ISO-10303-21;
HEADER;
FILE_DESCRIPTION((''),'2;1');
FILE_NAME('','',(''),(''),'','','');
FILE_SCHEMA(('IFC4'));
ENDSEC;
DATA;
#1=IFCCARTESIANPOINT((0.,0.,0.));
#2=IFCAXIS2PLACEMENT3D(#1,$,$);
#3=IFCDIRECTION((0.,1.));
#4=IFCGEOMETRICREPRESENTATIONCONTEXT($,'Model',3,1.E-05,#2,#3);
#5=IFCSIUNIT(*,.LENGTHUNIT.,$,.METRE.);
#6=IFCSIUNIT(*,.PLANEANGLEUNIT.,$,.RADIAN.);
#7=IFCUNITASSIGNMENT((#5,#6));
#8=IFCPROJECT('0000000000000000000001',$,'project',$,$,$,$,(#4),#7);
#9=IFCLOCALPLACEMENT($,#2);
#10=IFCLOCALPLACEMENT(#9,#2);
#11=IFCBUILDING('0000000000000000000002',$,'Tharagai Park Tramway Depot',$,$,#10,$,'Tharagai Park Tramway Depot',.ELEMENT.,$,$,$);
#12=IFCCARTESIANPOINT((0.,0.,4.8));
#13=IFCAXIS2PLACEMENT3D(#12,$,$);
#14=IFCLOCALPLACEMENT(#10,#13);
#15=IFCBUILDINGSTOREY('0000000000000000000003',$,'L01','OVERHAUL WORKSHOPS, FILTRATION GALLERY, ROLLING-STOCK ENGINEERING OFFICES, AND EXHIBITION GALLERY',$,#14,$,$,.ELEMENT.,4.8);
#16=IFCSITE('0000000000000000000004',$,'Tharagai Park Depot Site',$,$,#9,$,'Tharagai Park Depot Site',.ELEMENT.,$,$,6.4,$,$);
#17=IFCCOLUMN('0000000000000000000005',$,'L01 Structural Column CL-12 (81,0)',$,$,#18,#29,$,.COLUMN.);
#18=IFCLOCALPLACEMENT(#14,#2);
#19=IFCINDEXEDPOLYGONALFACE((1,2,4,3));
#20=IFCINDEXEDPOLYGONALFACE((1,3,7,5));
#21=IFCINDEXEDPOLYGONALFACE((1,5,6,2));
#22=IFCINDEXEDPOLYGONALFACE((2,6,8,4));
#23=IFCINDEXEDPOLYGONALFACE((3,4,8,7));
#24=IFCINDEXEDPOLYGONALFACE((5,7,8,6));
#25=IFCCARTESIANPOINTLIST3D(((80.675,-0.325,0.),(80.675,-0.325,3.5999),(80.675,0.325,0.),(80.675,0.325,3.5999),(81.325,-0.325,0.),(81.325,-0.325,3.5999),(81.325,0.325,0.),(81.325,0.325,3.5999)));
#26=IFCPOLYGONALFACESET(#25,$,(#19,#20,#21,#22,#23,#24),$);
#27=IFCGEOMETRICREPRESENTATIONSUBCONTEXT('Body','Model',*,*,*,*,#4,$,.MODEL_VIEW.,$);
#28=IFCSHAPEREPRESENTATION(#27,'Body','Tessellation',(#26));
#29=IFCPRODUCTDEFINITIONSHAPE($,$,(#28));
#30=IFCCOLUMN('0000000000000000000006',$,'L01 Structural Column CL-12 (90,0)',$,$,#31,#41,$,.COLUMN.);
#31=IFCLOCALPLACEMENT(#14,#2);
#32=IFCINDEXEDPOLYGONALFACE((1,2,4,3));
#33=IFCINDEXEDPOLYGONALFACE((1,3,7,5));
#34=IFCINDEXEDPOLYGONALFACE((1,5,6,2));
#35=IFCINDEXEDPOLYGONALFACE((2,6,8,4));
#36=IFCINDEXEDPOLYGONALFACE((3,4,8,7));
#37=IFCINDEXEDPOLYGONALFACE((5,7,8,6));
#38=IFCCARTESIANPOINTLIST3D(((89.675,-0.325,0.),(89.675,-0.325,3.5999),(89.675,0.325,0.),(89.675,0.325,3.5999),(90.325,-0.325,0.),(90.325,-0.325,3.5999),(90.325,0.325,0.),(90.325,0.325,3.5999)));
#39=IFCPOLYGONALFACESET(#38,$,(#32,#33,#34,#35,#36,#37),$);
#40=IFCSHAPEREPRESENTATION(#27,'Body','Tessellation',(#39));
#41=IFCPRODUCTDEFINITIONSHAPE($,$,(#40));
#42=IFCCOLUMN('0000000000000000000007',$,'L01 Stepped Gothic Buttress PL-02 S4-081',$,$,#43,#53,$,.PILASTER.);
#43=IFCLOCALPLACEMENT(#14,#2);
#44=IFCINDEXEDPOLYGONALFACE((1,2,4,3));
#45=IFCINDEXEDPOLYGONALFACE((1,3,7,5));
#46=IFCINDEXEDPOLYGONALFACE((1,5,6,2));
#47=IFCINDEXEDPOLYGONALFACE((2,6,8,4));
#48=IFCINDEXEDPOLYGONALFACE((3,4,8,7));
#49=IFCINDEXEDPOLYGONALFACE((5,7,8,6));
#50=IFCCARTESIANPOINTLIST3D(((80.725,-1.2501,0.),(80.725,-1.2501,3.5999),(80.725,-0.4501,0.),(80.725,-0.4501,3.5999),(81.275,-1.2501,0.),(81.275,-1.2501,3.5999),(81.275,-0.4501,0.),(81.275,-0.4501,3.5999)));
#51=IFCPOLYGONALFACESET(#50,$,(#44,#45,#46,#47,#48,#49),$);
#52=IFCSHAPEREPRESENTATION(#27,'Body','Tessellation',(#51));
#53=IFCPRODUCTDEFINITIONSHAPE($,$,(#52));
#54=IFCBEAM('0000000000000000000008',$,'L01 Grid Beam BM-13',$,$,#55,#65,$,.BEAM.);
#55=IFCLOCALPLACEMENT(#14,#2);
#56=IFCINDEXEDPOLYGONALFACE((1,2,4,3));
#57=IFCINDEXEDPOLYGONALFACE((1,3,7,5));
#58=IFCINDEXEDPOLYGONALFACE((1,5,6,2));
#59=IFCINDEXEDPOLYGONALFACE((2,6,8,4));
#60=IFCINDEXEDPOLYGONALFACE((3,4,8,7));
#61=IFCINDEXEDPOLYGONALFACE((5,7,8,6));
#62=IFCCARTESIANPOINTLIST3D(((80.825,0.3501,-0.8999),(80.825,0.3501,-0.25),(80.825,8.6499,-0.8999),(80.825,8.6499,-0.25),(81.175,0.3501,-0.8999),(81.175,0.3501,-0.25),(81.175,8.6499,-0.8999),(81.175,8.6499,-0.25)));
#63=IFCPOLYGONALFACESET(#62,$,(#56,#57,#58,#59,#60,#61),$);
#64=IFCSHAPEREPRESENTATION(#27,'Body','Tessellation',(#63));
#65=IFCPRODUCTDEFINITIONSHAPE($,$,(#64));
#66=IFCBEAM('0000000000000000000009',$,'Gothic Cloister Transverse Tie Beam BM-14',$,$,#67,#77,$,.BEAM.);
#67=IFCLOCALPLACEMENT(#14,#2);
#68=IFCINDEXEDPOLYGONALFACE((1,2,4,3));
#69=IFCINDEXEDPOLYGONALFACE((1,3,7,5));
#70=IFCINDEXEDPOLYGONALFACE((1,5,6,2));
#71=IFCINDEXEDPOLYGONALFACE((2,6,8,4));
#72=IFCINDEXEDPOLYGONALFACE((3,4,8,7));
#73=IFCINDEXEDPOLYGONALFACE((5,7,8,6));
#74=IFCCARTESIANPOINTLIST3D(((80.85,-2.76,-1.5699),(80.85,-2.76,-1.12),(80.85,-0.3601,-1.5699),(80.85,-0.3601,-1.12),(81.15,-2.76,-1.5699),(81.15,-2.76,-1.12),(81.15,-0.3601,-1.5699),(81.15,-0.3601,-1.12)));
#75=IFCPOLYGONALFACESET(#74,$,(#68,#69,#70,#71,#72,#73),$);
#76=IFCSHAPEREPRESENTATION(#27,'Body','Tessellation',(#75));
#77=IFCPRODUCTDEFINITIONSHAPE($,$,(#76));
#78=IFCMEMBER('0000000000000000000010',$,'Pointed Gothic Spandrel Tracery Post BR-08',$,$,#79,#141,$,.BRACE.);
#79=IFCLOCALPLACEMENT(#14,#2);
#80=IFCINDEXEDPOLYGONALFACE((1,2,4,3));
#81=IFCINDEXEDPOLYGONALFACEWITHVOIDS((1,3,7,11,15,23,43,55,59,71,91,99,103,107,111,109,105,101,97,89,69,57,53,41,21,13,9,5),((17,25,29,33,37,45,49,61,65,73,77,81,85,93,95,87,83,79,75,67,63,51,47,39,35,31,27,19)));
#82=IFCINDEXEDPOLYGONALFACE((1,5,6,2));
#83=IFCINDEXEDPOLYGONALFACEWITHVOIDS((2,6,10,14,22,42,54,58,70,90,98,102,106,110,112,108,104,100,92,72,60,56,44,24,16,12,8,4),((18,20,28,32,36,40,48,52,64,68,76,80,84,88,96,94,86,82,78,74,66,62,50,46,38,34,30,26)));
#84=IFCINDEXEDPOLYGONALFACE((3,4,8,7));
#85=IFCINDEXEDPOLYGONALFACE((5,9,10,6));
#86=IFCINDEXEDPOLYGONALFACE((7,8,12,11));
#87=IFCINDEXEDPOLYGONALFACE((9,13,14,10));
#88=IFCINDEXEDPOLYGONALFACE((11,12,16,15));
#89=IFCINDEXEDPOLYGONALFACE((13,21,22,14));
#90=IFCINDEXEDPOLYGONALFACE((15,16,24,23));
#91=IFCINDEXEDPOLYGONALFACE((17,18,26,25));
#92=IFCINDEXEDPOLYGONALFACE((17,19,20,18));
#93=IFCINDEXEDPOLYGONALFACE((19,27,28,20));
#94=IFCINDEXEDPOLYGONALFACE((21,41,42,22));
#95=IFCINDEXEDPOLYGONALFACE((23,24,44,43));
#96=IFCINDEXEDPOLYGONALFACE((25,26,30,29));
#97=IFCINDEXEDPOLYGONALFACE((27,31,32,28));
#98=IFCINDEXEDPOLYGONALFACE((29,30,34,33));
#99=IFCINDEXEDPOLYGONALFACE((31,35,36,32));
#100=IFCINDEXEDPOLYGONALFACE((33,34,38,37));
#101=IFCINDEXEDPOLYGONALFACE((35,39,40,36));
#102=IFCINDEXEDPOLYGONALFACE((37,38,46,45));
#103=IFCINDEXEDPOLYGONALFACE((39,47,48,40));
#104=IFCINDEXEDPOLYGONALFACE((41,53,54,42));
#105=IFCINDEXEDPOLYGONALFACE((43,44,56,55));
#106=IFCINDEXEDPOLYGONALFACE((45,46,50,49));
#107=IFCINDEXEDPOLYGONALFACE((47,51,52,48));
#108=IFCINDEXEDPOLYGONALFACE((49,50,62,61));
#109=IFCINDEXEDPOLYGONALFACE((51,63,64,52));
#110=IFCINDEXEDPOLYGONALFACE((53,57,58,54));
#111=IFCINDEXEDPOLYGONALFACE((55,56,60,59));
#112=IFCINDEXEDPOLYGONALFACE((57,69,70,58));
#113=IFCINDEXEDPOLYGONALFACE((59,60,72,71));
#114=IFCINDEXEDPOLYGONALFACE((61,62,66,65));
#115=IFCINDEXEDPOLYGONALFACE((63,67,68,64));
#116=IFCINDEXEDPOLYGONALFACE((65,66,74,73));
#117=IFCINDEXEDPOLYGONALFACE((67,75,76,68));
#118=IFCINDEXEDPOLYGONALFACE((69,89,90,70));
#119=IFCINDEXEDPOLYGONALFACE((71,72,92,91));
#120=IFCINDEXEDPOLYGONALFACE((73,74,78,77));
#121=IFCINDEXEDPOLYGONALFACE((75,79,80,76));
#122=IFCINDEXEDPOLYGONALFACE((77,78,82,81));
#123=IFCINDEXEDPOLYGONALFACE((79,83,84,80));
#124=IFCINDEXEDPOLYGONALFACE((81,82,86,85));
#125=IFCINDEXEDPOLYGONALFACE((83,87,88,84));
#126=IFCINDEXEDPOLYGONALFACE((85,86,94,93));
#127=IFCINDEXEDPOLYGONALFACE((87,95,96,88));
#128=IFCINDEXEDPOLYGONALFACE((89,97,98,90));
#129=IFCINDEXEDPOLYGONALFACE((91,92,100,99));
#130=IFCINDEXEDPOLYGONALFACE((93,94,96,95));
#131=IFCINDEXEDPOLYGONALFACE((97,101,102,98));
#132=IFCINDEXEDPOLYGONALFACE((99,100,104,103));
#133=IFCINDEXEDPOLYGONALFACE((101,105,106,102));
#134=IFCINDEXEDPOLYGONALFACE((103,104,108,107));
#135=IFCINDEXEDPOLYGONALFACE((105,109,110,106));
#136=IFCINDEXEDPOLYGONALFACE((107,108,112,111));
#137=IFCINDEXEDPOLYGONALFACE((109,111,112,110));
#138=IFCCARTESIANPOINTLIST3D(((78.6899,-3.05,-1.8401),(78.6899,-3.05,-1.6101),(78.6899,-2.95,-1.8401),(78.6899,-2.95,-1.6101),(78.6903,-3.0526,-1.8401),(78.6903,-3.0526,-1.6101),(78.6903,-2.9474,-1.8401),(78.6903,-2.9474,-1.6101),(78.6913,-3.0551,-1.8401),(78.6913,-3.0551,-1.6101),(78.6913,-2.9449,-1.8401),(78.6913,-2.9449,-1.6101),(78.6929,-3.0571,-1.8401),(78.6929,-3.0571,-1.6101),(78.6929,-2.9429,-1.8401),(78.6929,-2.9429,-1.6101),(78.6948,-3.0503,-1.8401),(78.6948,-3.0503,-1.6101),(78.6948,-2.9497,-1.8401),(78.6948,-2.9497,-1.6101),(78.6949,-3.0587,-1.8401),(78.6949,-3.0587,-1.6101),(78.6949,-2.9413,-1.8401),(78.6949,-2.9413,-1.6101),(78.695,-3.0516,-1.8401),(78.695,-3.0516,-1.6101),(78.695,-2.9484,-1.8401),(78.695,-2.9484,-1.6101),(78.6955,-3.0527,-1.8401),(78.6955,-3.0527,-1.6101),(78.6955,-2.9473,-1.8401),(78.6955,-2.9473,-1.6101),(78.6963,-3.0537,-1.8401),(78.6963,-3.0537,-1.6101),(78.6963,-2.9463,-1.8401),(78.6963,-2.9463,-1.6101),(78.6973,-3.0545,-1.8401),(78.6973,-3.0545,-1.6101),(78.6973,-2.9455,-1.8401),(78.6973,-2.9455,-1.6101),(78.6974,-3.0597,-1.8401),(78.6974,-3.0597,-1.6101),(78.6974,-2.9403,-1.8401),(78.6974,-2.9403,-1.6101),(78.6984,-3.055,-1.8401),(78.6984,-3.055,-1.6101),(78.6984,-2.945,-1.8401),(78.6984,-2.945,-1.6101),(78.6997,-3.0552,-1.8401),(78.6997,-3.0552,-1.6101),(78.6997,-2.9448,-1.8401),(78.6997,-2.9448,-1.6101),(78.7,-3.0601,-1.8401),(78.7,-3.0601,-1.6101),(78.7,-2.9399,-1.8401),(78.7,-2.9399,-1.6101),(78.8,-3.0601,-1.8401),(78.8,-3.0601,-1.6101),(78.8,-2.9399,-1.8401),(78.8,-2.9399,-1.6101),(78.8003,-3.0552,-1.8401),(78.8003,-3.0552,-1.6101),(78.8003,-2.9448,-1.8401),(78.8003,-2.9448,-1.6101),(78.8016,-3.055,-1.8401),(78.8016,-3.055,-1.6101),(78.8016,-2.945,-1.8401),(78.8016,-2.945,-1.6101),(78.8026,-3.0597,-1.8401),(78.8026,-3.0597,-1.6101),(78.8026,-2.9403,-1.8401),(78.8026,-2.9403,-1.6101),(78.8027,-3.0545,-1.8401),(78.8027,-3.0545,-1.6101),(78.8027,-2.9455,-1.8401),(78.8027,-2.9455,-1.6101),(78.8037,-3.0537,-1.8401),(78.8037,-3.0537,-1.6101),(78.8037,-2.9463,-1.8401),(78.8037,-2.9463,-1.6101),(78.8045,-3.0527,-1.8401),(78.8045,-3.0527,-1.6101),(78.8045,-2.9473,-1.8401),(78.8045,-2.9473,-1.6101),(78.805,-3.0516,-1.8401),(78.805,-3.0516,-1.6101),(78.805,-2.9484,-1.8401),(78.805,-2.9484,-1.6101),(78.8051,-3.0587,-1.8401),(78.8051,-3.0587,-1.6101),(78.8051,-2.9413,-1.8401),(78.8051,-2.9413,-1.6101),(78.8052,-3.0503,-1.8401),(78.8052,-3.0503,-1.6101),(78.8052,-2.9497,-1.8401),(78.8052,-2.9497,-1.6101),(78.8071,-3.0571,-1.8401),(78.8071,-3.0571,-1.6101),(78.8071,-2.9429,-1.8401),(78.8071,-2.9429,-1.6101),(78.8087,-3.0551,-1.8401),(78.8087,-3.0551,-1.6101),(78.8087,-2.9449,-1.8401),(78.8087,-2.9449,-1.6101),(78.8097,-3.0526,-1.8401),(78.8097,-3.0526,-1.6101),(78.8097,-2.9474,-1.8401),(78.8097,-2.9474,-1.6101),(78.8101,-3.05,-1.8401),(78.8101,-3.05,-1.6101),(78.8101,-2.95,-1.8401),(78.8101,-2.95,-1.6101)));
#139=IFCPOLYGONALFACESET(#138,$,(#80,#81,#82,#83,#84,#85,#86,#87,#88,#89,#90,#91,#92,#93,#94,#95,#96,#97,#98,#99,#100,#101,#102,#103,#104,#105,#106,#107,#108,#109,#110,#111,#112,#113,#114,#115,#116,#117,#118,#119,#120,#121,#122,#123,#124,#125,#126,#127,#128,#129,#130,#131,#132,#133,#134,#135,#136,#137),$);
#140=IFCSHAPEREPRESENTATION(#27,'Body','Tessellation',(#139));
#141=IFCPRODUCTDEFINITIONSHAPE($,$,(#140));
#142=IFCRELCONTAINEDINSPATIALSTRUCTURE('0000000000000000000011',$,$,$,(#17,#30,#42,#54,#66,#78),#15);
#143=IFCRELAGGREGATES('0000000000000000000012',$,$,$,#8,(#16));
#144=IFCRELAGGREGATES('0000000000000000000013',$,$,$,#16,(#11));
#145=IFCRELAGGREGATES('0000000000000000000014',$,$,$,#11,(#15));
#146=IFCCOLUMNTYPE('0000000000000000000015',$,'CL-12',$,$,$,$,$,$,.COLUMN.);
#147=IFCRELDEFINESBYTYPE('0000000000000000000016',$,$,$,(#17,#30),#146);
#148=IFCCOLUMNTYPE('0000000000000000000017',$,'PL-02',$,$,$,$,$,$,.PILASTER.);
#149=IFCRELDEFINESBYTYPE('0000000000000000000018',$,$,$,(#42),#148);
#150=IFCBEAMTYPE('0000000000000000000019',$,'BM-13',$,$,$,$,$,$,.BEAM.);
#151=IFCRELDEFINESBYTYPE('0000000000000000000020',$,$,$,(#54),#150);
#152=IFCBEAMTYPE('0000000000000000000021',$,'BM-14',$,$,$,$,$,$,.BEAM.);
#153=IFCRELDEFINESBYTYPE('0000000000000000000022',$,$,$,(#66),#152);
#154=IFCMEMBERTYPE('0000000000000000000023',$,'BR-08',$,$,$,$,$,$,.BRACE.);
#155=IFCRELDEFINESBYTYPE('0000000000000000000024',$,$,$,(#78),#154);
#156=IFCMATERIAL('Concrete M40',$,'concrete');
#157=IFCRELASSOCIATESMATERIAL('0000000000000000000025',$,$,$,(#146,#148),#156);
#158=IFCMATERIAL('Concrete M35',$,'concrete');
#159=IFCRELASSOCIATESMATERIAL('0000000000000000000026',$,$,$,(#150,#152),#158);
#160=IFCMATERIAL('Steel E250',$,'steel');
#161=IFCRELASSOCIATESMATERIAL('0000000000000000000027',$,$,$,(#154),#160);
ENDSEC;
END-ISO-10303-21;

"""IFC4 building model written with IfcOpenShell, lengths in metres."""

from ifc_helpers import new_model, si_unit, direction, frame, origin, origin_2d, place, context, subcontext, project, spatial, rectangle, hollow_rectangle, extrude, material, material_profile, profile_set, type_object, element, save


model = new_model("IFC4")

# Units and contexts
model_context = context("Model", 3, precision=1e-05, world=origin(), true_north=direction((0.0, 1.0)))
body_context = subcontext(model_context, "Body", "Model", "MODEL_VIEW")
ifc_project = project(units=[si_unit("LENGTHUNIT", "METRE"), si_unit("PLANEANGLEUNIT", "RADIAN")], contexts=[model_context])

# Site, building, storey
site_placement = place(None, origin())
site = spatial("IfcSite", under=ifc_project, at=site_placement, Name="Tharagai Park Depot Site", LongName="Tharagai Park Depot Site", CompositionType="ELEMENT", RefElevation=6.4)
building_placement = place(site_placement, origin())
building = spatial("IfcBuilding", under=site, at=building_placement, Name="Tharagai Park Tramway Depot", LongName="Tharagai Park Tramway Depot", CompositionType="ELEMENT")
storey_placement = place(building_placement, frame((0.0, 0.0, 4.8)))
storey = spatial("IfcBuildingStorey", under=building, at=storey_placement, Name="L01", Description="OVERHAUL WORKSHOPS, FILTRATION GALLERY, ROLLING-STOCK ENGINEERING OFFICES, AND EXHIBITION GALLERY", CompositionType="ELEMENT", Elevation=4.8)

# Columns
ifc_material_1 = material(Name="Concrete M40", Category="concrete")
ifc_material_profile_1 = material_profile(ifc_material_1, rectangle(XDim=0.6499, YDim=0.6499, at=origin_2d()), Name="RC 650x650")
ifc_profile_set_1 = profile_set([ifc_material_profile_1], Name="Concrete M40")
column_type_1 = type_object("IfcColumnType", Name="CL-12", PredefinedType="COLUMN", material=ifc_profile_set_1)
for number, where, z_axis, x_axis, name in (
    (1, (81.0, 0.0, 0.0), (0.0, 0.0, 1.0), (1.0, 0.0, 0.0), "L01 Structural Column CL-12 (81,0)"),
    (2, (90.0, 0.0, 0.0), (0.0, 0.0, 1.0), (1.0, 0.0, 0.0), "L01 Structural Column CL-12 (90,0)"),
):
    element("IfcColumn", number, at=place(storey_placement, frame(where, z_axis=z_axis, x_axis=x_axis)), inside=storey, type_object=column_type_1, Name=name, PredefinedType="COLUMN", context=body_context, shape_type="SweptSolid", body=[
        extrude(rectangle(XDim=0.6499, YDim=0.6499, at=origin_2d()), origin(), (0.0, 0.0, 1.0), 3.5999),
    ])
ifc_material_profile_2 = material_profile(ifc_material_1, rectangle(XDim=0.55, YDim=0.8, at=origin_2d()), Name="RC 550x800")
ifc_profile_set_2 = profile_set([ifc_material_profile_2], Name="Concrete M40")
column_type_2 = type_object("IfcColumnType", Name="PL-02", PredefinedType="PILASTER", material=ifc_profile_set_2)
column_placement = place(storey_placement, frame((81.0, -0.8501, 0.0), z_axis=(0.0, 0.0, 1.0), x_axis=(1.0, 0.0, 0.0)))
element("IfcColumn", 3, at=column_placement, inside=storey, type_object=column_type_2, Name="L01 Stepped Gothic Buttress PL-02 S4-081", PredefinedType="PILASTER", context=body_context, shape_type="SweptSolid", body=[
    extrude(rectangle(XDim=0.55, YDim=0.8, at=origin_2d()), origin(), (0.0, 0.0, 1.0), 3.5999),
])

# Beams
ifc_material_2 = material(Name="Concrete M35", Category="concrete")
ifc_material_profile_3 = material_profile(ifc_material_2, rectangle(XDim=0.3501, YDim=0.6499, at=origin_2d()), Name="RC 350x650")
ifc_profile_set_3 = profile_set([ifc_material_profile_3], Name="Concrete M35")
beam_type_1 = type_object("IfcBeamType", Name="BM-13", PredefinedType="BEAM", material=ifc_profile_set_3)
beam_1_placement = place(storey_placement, frame((81.0, 0.3501, -0.575), z_axis=(0.0, 1.0, 0.0), x_axis=(-1.0, 0.0, 0.0)))
element("IfcBeam", 4, at=beam_1_placement, inside=storey, type_object=beam_type_1, Name="L01 Grid Beam BM-13", PredefinedType="BEAM", context=body_context, shape_type="SweptSolid", body=[
    extrude(rectangle(XDim=0.3501, YDim=0.6499, at=origin_2d()), origin(), (0.0, 0.0, 1.0), 8.2998),
])
ifc_material_profile_4 = material_profile(ifc_material_2, rectangle(XDim=0.3, YDim=0.45, at=origin_2d()), Name="RC 300x450")
ifc_profile_set_4 = profile_set([ifc_material_profile_4], Name="Concrete M35")
beam_type_2 = type_object("IfcBeamType", Name="BM-14", PredefinedType="BEAM", material=ifc_profile_set_4)
beam_2_placement = place(storey_placement, frame((81.0, -2.76, -1.345), z_axis=(0.0, 1.0, 0.0), x_axis=(-1.0, 0.0, 0.0)))
element("IfcBeam", 5, at=beam_2_placement, inside=storey, type_object=beam_type_2, Name="Gothic Cloister Transverse Tie Beam BM-14", PredefinedType="BEAM", context=body_context, shape_type="SweptSolid", body=[
    extrude(rectangle(XDim=0.3, YDim=0.45, at=origin_2d()), origin(), (0.0, 0.0, 1.0), 2.3999),
])

# Member
ifc_material_3 = material(Name="Steel E250", Category="steel")
ifc_material_profile_5 = material_profile(ifc_material_3, hollow_rectangle(XDim=0.1201, YDim=0.1201, WallThickness=0.0049, InnerFilletRadius=0.0049, OuterFilletRadius=0.01, at=origin_2d()), Name="SHS 120x120x5")
ifc_profile_set_5 = profile_set([ifc_material_profile_5], Name="Steel E250")
member_type_1 = type_object("IfcMemberType", Name="BR-08", PredefinedType="BRACE", material=ifc_profile_set_5)
for number, where, z_axis, x_axis, name in (
    (6, (78.75, -3.0, -1.8401), (0.0, 0.0, 1.0), (1.0, 0.0, 0.0), "Pointed Gothic Spandrel Tracery Post BR-08"),
):
    element("IfcMember", number, at=place(storey_placement, frame(where, z_axis=z_axis, x_axis=x_axis)), inside=storey, type_object=member_type_1, Name=name, PredefinedType="BRACE", context=body_context, shape_type="SweptSolid", body=[
        extrude(hollow_rectangle(XDim=0.1201, YDim=0.1201, WallThickness=0.0049, InnerFilletRadius=0.0049, OuterFilletRadius=0.01, at=origin_2d()), origin(), (0.0, 0.0, 1.0), 0.23),
    ])

save(model, "model.ifc")
